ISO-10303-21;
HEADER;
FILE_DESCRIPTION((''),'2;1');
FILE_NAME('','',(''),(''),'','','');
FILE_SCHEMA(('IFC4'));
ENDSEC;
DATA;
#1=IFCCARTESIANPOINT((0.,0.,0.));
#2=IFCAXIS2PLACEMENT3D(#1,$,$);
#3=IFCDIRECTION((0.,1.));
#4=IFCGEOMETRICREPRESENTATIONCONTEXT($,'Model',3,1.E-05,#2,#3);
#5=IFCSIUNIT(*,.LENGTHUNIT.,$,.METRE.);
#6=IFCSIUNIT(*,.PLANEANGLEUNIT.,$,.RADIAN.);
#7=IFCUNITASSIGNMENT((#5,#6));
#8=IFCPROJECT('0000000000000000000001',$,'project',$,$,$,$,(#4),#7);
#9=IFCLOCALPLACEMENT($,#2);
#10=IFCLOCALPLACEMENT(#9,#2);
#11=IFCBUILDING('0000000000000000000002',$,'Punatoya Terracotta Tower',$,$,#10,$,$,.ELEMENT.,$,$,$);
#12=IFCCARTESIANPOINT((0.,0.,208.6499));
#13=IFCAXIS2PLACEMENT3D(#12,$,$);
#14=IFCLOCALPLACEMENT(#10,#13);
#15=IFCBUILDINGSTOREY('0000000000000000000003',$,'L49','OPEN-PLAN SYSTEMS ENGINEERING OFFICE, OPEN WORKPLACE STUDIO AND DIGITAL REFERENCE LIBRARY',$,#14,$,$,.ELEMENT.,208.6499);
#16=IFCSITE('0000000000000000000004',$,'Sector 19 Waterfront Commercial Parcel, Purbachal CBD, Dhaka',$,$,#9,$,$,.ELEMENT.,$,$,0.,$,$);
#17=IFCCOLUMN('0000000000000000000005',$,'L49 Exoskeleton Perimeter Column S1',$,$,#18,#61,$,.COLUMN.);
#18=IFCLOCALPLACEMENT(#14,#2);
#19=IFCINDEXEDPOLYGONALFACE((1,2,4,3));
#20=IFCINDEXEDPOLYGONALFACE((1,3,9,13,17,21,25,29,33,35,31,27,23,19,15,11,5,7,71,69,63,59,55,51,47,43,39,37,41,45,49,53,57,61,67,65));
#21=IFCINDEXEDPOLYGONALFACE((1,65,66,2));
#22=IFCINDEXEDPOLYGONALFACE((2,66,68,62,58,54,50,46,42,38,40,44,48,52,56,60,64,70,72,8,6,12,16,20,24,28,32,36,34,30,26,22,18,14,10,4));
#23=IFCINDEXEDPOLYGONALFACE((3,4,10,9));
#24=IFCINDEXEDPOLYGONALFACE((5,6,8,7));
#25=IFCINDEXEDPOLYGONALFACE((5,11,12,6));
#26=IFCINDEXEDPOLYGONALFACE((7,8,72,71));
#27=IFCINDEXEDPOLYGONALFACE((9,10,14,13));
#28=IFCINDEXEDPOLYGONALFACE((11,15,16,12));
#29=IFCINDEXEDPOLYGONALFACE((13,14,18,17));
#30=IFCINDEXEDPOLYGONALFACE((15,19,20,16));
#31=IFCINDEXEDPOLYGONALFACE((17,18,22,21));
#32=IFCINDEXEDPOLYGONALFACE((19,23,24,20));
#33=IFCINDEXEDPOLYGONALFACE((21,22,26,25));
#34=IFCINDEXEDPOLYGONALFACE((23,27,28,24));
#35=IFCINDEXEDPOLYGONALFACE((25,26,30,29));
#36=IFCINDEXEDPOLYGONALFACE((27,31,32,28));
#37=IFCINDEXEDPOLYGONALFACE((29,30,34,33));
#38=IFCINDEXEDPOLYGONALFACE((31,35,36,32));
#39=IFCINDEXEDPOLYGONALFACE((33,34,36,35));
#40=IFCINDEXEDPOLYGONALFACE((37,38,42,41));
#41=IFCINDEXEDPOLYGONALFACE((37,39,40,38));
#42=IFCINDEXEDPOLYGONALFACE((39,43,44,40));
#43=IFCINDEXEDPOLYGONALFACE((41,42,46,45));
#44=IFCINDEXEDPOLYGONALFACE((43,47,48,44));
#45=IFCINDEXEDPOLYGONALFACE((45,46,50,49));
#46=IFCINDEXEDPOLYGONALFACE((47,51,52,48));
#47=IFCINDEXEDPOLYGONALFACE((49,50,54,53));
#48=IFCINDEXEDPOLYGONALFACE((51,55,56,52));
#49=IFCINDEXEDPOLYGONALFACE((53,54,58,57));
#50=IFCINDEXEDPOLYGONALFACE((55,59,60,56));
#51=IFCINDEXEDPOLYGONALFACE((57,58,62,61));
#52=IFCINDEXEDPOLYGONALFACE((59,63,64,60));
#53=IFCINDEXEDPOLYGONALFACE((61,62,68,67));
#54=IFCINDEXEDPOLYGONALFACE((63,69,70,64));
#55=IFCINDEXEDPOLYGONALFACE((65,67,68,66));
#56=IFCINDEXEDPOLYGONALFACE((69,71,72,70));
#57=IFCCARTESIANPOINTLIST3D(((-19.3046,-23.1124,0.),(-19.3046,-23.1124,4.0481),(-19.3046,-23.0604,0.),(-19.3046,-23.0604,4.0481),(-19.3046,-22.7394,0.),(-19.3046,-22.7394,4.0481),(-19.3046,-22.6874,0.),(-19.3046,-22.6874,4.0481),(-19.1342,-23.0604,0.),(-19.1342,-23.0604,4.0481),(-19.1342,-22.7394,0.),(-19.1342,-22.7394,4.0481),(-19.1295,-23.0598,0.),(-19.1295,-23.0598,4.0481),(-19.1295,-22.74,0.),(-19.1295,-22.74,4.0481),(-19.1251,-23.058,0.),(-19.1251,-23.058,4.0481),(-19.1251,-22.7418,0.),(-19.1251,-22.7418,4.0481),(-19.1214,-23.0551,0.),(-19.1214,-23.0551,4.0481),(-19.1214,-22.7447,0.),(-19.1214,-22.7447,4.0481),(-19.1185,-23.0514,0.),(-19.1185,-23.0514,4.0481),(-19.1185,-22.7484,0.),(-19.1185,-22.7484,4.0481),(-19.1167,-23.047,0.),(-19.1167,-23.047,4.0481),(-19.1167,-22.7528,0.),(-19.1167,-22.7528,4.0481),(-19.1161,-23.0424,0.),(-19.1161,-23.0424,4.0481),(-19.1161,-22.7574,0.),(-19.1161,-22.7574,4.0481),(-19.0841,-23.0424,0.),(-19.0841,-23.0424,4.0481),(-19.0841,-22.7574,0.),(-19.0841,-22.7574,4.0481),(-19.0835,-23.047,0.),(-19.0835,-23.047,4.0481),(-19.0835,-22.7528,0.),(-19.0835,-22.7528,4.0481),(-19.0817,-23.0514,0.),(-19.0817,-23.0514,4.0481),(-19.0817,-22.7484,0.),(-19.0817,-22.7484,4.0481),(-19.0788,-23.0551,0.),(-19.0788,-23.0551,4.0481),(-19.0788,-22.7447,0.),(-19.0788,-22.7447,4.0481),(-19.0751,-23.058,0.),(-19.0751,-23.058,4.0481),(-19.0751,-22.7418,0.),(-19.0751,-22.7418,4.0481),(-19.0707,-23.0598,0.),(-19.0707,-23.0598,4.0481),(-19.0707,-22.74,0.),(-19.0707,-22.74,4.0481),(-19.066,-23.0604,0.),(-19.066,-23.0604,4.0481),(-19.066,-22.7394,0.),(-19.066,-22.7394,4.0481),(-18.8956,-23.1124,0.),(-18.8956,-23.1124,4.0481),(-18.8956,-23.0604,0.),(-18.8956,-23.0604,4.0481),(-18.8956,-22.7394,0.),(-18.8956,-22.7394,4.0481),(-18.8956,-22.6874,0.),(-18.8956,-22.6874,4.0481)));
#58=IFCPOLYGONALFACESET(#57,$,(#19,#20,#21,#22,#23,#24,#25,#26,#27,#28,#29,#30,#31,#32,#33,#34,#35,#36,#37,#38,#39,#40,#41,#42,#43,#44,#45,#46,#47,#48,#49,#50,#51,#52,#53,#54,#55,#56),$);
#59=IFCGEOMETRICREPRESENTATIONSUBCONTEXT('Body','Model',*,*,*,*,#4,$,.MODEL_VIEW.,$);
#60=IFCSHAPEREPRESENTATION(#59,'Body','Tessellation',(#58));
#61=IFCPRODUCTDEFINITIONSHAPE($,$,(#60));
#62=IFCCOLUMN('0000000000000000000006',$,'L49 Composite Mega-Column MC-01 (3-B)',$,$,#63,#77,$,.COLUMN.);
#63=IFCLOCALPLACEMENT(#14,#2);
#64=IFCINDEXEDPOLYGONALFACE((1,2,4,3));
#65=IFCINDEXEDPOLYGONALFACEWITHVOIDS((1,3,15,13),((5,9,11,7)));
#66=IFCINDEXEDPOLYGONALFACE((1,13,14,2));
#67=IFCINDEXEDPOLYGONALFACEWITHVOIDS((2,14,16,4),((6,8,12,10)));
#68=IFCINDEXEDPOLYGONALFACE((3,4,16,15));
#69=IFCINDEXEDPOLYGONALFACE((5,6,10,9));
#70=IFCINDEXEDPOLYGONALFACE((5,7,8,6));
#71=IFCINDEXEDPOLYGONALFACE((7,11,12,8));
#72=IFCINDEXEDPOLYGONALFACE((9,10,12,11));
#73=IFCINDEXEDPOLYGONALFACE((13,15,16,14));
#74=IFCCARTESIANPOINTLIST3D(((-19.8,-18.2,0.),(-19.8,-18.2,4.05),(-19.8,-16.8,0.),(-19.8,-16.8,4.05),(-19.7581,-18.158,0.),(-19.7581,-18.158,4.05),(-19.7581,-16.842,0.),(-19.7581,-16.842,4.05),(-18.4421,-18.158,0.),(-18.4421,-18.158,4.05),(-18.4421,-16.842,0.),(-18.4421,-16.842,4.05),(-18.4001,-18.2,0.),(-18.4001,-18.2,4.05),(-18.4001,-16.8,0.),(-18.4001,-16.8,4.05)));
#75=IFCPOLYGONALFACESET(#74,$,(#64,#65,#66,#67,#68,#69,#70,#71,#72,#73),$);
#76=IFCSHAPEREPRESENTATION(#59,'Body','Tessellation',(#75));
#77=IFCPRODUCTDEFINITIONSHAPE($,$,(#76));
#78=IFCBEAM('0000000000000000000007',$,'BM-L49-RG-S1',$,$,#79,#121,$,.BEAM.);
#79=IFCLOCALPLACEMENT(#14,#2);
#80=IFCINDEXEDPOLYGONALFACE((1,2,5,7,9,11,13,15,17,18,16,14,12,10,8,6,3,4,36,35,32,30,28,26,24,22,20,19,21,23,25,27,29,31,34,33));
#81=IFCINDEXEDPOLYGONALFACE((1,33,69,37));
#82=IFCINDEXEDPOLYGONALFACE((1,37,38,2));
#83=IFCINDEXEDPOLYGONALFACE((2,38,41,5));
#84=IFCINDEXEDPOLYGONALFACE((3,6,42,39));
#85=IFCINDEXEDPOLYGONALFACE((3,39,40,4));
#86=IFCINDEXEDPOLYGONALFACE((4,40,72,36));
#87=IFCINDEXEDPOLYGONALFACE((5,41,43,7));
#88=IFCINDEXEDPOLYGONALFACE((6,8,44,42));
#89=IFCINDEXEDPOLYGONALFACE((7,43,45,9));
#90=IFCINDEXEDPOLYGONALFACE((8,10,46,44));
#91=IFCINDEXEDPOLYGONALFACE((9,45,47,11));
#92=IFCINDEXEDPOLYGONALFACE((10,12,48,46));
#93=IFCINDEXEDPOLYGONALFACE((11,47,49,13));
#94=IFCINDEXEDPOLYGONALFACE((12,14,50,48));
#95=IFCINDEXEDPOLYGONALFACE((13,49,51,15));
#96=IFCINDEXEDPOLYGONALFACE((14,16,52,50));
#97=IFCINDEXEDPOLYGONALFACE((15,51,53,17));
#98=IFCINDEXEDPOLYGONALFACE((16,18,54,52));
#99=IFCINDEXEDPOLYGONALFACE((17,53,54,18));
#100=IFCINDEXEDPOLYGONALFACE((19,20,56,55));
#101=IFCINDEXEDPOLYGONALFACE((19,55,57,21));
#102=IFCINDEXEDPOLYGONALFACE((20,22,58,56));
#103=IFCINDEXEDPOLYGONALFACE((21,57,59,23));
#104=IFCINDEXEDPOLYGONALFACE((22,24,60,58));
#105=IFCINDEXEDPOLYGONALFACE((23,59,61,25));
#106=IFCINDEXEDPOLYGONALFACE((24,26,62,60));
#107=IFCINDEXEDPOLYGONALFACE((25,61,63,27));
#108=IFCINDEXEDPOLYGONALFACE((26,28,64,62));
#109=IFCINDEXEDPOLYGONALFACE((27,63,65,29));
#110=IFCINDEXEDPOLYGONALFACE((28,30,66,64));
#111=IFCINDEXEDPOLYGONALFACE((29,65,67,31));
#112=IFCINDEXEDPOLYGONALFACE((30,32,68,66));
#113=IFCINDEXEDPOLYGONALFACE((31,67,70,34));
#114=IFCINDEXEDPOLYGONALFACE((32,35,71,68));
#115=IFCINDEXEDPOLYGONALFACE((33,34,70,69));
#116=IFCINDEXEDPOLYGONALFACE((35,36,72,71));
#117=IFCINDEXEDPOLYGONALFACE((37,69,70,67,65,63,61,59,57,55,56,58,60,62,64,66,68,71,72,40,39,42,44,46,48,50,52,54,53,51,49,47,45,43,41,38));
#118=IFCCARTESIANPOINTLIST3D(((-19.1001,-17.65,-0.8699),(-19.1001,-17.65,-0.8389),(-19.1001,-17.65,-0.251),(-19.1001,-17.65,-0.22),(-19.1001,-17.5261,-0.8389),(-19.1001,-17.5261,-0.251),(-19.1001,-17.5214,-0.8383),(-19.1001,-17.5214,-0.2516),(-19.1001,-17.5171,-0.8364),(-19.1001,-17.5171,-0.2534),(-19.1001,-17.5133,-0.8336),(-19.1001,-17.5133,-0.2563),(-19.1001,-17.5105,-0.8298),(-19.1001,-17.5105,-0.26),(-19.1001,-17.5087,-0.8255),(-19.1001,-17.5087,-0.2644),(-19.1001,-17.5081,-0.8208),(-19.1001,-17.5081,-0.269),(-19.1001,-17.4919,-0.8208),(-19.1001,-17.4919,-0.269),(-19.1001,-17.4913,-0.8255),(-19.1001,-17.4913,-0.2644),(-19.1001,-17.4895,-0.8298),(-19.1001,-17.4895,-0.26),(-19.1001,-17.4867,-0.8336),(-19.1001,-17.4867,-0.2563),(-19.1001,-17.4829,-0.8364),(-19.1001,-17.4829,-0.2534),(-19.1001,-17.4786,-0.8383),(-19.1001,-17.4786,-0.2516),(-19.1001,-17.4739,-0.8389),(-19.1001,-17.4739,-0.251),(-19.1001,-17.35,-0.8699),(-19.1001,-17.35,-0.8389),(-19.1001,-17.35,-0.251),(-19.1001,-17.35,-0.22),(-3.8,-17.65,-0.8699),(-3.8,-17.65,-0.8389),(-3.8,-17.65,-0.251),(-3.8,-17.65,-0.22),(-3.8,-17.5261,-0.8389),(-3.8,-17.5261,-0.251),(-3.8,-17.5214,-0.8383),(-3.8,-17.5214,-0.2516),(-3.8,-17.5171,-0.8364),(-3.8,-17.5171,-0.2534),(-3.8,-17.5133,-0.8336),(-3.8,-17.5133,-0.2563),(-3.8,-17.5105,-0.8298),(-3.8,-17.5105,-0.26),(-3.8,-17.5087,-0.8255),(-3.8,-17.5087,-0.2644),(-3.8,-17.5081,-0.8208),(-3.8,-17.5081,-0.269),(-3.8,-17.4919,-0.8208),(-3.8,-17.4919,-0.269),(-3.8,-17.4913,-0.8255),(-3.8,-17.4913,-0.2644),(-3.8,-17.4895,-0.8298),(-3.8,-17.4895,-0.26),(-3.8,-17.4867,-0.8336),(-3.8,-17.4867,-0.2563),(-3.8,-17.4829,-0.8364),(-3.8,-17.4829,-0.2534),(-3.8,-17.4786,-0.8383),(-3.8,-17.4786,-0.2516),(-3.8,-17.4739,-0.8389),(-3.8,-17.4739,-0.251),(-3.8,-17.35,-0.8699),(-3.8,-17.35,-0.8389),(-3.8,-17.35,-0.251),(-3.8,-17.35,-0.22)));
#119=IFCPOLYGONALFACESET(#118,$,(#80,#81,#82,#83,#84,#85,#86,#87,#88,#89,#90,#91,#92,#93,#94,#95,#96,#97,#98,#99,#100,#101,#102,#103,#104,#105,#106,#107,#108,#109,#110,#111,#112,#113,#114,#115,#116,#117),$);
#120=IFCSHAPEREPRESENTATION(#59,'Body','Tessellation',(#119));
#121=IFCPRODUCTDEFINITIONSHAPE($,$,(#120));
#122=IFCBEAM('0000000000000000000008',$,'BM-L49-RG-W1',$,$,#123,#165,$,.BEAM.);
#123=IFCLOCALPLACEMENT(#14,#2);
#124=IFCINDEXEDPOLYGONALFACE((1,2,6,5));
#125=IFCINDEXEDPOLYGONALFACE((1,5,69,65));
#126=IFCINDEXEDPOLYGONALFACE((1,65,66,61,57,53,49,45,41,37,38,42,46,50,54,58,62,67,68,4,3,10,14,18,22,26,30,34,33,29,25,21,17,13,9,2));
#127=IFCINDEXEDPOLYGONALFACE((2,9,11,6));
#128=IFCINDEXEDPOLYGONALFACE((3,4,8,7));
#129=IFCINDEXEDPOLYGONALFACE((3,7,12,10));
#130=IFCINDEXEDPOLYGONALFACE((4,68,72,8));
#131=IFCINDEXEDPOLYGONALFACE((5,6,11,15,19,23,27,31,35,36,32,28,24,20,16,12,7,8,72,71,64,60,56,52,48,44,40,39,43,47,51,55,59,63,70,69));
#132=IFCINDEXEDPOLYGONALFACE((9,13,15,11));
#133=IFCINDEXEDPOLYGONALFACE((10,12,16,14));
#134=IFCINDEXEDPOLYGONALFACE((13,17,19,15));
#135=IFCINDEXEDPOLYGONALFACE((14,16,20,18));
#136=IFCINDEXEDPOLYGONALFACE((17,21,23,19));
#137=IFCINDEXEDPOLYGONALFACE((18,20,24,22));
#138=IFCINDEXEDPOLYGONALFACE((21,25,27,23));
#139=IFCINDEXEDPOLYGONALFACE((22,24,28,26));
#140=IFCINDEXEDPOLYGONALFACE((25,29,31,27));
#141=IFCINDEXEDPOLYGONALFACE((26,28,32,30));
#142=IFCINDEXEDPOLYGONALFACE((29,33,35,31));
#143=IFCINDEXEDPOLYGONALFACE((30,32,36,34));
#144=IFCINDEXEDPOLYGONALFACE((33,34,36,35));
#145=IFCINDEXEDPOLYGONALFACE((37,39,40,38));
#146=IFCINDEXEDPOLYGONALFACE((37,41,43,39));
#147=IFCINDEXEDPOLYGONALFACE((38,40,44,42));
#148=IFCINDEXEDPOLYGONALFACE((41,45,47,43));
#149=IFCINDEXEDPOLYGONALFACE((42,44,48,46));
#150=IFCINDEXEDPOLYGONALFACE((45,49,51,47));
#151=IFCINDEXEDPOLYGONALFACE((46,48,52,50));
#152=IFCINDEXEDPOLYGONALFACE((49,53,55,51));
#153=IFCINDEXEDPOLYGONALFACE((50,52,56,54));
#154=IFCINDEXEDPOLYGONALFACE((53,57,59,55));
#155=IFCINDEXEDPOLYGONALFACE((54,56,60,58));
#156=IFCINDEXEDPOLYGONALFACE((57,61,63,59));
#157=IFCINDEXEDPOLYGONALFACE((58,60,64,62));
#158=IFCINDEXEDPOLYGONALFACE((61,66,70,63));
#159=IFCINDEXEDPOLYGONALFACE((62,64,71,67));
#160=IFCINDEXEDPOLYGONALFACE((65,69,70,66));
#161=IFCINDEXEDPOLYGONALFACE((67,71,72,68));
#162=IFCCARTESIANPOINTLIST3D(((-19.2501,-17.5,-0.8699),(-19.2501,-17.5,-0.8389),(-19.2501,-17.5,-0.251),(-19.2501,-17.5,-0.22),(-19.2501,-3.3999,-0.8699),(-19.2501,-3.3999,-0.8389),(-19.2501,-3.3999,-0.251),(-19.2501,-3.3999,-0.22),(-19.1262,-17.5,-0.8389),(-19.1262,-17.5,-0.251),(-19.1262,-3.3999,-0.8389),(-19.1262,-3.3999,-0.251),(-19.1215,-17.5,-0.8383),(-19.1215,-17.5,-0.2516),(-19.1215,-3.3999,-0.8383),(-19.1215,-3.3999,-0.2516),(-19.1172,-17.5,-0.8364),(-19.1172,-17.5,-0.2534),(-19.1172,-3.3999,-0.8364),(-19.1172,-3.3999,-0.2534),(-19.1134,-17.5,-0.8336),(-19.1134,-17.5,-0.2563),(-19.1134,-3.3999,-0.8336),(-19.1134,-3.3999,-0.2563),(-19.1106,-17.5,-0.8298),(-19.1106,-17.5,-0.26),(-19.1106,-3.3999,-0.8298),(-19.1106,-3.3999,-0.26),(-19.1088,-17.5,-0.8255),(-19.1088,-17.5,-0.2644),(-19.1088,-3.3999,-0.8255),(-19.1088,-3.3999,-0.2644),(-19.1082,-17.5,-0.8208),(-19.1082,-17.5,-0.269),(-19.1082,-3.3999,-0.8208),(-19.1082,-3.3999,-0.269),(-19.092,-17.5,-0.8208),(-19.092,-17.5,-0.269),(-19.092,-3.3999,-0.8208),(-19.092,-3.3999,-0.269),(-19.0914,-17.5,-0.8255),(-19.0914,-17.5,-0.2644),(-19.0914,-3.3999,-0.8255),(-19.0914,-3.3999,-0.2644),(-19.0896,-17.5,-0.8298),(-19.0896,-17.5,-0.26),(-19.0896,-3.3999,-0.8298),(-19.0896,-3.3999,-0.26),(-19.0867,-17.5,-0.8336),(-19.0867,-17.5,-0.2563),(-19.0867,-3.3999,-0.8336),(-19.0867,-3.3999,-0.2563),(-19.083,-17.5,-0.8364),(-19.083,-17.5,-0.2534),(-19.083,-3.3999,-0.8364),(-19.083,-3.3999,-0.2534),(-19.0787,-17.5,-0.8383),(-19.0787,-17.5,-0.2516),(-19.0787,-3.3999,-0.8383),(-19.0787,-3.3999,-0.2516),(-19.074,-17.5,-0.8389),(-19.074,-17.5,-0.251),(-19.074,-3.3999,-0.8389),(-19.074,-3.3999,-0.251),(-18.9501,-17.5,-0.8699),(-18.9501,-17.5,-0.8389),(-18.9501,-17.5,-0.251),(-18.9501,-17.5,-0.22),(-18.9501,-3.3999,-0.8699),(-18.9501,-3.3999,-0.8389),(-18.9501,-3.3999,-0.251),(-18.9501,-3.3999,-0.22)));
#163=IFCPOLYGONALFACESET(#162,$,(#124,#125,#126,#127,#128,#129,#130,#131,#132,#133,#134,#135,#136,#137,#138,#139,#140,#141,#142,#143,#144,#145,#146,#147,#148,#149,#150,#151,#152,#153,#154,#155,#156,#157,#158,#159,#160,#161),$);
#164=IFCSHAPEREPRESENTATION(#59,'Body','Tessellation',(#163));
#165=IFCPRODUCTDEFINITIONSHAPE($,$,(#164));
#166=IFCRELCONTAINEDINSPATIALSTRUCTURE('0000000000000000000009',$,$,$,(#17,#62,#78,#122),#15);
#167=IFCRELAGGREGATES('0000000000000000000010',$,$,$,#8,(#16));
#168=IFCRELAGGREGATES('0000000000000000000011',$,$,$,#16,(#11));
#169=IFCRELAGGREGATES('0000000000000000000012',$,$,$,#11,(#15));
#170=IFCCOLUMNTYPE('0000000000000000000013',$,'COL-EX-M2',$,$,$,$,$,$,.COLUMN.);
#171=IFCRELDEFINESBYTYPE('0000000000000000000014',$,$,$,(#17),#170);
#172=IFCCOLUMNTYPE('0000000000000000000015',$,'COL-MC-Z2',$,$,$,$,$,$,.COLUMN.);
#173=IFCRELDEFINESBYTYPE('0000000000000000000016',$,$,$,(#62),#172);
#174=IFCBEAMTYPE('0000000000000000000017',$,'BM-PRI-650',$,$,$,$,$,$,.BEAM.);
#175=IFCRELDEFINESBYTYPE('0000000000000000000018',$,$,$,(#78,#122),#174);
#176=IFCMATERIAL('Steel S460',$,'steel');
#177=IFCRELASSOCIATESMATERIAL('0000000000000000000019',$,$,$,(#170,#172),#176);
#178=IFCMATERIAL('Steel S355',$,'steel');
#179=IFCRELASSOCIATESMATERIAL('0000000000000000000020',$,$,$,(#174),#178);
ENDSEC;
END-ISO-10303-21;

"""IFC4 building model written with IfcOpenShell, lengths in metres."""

from ifc_helpers import new_model, si_unit, direction, frame, origin, origin_2d, place, context, subcontext, project, spatial, hollow_rectangle, i_section, extrude, material, material_profile, profile_set, type_object, element, save


model = new_model("IFC4")

# Units and contexts
model_context = context("Model", 3, precision=1e-05, world=origin(), true_north=direction((0.0, 1.0)))
body_context = subcontext(model_context, "Body", "Model", "MODEL_VIEW")
ifc_project = project(units=[si_unit("LENGTHUNIT", "METRE"), si_unit("PLANEANGLEUNIT", "RADIAN")], contexts=[model_context])

# Site, building, storey
site_placement = place(None, origin())
site = spatial("IfcSite", under=ifc_project, at=site_placement, Name="Sector 19 Waterfront Commercial Parcel, Purbachal CBD, Dhaka", CompositionType="ELEMENT", RefElevation=0.0)
building_placement = place(site_placement, origin())
building = spatial("IfcBuilding", under=site, at=building_placement, Name="Punatoya Terracotta Tower", CompositionType="ELEMENT")
storey_placement = place(building_placement, frame((0.0, 0.0, 208.6499)))
storey = spatial("IfcBuildingStorey", under=building, at=storey_placement, Name="L49", Description="OPEN-PLAN SYSTEMS ENGINEERING OFFICE, OPEN WORKPLACE STUDIO AND DIGITAL REFERENCE LIBRARY", CompositionType="ELEMENT", Elevation=208.6499)

# Columns
ifc_material_1 = material(Name="Steel S460", Category="steel")
ifc_material_profile_1 = material_profile(ifc_material_1, i_section(OverallWidth=0.4089, OverallDepth=0.425, WebThickness=0.032, FlangeThickness=0.052, FilletRadius=0.0181, at=origin_2d()))
ifc_profile_set_1 = profile_set([ifc_material_profile_1], Name="Steel S460")
column_type_1 = type_object("IfcColumnType", Name="COL-EX-M2", PredefinedType="COLUMN", material=ifc_profile_set_1)
column_1_placement = place(storey_placement, frame((-19.1001, -22.8999, 0.0), z_axis=(0.0, 0.0, 1.0), x_axis=(1.0, 0.0, 0.0)))
element("IfcColumn", 1, at=column_1_placement, inside=storey, type_object=column_type_1, Name="L49 Exoskeleton Perimeter Column S1", PredefinedType="COLUMN", context=body_context, shape_type="SweptSolid", body=[
    extrude(i_section(OverallWidth=0.4089, OverallDepth=0.425, WebThickness=0.032, FlangeThickness=0.052, FilletRadius=0.0181, at=origin_2d()), origin(), (0.0, 0.0, 1.0), 4.0481),
])
ifc_material_profile_2 = material_profile(ifc_material_1, hollow_rectangle(XDim=1.3999, YDim=1.3999, WallThickness=0.042, at=origin_2d()))
ifc_profile_set_2 = profile_set([ifc_material_profile_2], Name="Steel S460")
column_type_2 = type_object("IfcColumnType", Name="COL-MC-Z2", PredefinedType="COLUMN", material=ifc_profile_set_2)
column_2_placement = place(storey_placement, frame((-19.1001, -17.5, 0.0), z_axis=(0.0, 0.0, 1.0), x_axis=(1.0, 0.0, 0.0)))
element("IfcColumn", 2, at=column_2_placement, inside=storey, type_object=column_type_2, Name="L49 Composite Mega-Column MC-01 (3-B)", PredefinedType="COLUMN", context=body_context, shape_type="SweptSolid", body=[
    extrude(hollow_rectangle(XDim=1.3999, YDim=1.3999, WallThickness=0.042, at=origin_2d()), origin(), (0.0, 0.0, 1.0), 4.05),
])

# Beams
ifc_material_2 = material(Name="Steel S355", Category="steel")
ifc_material_profile_3 = material_profile(ifc_material_2, i_section(OverallWidth=0.3, OverallDepth=0.6499, WebThickness=0.0161, FlangeThickness=0.031, FilletRadius=0.0181, at=origin_2d()))
ifc_profile_set_3 = profile_set([ifc_material_profile_3], Name="Steel S355")
beam_type_1 = type_object("IfcBeamType", Name="BM-PRI-650", PredefinedType="BEAM", material=ifc_profile_set_3)
beam_1_placement = place(storey_placement, frame((-19.1001, -17.5, -0.5449), z_axis=(1.0, 0.0, 0.0), x_axis=(0.0, 1.0, 0.0)))
element("IfcBeam", 3, at=beam_1_placement, inside=storey, type_object=beam_type_1, Name="BM-L49-RG-S1", PredefinedType="BEAM", context=body_context, shape_type="SweptSolid", body=[
    extrude(i_section(OverallWidth=0.3, OverallDepth=0.6499, WebThickness=0.0161, FlangeThickness=0.031, FilletRadius=0.0181, at=origin_2d()), origin(), (0.0, 0.0, 1.0), 15.3),
])
beam_2_placement = place(storey_placement, frame((-19.1001, -17.5, -0.5449), z_axis=(0.0, 1.0, 0.0), x_axis=(-1.0, 0.0, 0.0)))
element("IfcBeam", 4, at=beam_2_placement, inside=storey, type_object=beam_type_1, Name="BM-L49-RG-W1", PredefinedType="BEAM", context=body_context, shape_type="SweptSolid", body=[
    extrude(i_section(OverallWidth=0.3, OverallDepth=0.6499, WebThickness=0.0161, FlangeThickness=0.031, FilletRadius=0.0181, at=origin_2d()), origin(), (0.0, 0.0, 1.0), 14.1001),
])

save(model, "model.ifc")
